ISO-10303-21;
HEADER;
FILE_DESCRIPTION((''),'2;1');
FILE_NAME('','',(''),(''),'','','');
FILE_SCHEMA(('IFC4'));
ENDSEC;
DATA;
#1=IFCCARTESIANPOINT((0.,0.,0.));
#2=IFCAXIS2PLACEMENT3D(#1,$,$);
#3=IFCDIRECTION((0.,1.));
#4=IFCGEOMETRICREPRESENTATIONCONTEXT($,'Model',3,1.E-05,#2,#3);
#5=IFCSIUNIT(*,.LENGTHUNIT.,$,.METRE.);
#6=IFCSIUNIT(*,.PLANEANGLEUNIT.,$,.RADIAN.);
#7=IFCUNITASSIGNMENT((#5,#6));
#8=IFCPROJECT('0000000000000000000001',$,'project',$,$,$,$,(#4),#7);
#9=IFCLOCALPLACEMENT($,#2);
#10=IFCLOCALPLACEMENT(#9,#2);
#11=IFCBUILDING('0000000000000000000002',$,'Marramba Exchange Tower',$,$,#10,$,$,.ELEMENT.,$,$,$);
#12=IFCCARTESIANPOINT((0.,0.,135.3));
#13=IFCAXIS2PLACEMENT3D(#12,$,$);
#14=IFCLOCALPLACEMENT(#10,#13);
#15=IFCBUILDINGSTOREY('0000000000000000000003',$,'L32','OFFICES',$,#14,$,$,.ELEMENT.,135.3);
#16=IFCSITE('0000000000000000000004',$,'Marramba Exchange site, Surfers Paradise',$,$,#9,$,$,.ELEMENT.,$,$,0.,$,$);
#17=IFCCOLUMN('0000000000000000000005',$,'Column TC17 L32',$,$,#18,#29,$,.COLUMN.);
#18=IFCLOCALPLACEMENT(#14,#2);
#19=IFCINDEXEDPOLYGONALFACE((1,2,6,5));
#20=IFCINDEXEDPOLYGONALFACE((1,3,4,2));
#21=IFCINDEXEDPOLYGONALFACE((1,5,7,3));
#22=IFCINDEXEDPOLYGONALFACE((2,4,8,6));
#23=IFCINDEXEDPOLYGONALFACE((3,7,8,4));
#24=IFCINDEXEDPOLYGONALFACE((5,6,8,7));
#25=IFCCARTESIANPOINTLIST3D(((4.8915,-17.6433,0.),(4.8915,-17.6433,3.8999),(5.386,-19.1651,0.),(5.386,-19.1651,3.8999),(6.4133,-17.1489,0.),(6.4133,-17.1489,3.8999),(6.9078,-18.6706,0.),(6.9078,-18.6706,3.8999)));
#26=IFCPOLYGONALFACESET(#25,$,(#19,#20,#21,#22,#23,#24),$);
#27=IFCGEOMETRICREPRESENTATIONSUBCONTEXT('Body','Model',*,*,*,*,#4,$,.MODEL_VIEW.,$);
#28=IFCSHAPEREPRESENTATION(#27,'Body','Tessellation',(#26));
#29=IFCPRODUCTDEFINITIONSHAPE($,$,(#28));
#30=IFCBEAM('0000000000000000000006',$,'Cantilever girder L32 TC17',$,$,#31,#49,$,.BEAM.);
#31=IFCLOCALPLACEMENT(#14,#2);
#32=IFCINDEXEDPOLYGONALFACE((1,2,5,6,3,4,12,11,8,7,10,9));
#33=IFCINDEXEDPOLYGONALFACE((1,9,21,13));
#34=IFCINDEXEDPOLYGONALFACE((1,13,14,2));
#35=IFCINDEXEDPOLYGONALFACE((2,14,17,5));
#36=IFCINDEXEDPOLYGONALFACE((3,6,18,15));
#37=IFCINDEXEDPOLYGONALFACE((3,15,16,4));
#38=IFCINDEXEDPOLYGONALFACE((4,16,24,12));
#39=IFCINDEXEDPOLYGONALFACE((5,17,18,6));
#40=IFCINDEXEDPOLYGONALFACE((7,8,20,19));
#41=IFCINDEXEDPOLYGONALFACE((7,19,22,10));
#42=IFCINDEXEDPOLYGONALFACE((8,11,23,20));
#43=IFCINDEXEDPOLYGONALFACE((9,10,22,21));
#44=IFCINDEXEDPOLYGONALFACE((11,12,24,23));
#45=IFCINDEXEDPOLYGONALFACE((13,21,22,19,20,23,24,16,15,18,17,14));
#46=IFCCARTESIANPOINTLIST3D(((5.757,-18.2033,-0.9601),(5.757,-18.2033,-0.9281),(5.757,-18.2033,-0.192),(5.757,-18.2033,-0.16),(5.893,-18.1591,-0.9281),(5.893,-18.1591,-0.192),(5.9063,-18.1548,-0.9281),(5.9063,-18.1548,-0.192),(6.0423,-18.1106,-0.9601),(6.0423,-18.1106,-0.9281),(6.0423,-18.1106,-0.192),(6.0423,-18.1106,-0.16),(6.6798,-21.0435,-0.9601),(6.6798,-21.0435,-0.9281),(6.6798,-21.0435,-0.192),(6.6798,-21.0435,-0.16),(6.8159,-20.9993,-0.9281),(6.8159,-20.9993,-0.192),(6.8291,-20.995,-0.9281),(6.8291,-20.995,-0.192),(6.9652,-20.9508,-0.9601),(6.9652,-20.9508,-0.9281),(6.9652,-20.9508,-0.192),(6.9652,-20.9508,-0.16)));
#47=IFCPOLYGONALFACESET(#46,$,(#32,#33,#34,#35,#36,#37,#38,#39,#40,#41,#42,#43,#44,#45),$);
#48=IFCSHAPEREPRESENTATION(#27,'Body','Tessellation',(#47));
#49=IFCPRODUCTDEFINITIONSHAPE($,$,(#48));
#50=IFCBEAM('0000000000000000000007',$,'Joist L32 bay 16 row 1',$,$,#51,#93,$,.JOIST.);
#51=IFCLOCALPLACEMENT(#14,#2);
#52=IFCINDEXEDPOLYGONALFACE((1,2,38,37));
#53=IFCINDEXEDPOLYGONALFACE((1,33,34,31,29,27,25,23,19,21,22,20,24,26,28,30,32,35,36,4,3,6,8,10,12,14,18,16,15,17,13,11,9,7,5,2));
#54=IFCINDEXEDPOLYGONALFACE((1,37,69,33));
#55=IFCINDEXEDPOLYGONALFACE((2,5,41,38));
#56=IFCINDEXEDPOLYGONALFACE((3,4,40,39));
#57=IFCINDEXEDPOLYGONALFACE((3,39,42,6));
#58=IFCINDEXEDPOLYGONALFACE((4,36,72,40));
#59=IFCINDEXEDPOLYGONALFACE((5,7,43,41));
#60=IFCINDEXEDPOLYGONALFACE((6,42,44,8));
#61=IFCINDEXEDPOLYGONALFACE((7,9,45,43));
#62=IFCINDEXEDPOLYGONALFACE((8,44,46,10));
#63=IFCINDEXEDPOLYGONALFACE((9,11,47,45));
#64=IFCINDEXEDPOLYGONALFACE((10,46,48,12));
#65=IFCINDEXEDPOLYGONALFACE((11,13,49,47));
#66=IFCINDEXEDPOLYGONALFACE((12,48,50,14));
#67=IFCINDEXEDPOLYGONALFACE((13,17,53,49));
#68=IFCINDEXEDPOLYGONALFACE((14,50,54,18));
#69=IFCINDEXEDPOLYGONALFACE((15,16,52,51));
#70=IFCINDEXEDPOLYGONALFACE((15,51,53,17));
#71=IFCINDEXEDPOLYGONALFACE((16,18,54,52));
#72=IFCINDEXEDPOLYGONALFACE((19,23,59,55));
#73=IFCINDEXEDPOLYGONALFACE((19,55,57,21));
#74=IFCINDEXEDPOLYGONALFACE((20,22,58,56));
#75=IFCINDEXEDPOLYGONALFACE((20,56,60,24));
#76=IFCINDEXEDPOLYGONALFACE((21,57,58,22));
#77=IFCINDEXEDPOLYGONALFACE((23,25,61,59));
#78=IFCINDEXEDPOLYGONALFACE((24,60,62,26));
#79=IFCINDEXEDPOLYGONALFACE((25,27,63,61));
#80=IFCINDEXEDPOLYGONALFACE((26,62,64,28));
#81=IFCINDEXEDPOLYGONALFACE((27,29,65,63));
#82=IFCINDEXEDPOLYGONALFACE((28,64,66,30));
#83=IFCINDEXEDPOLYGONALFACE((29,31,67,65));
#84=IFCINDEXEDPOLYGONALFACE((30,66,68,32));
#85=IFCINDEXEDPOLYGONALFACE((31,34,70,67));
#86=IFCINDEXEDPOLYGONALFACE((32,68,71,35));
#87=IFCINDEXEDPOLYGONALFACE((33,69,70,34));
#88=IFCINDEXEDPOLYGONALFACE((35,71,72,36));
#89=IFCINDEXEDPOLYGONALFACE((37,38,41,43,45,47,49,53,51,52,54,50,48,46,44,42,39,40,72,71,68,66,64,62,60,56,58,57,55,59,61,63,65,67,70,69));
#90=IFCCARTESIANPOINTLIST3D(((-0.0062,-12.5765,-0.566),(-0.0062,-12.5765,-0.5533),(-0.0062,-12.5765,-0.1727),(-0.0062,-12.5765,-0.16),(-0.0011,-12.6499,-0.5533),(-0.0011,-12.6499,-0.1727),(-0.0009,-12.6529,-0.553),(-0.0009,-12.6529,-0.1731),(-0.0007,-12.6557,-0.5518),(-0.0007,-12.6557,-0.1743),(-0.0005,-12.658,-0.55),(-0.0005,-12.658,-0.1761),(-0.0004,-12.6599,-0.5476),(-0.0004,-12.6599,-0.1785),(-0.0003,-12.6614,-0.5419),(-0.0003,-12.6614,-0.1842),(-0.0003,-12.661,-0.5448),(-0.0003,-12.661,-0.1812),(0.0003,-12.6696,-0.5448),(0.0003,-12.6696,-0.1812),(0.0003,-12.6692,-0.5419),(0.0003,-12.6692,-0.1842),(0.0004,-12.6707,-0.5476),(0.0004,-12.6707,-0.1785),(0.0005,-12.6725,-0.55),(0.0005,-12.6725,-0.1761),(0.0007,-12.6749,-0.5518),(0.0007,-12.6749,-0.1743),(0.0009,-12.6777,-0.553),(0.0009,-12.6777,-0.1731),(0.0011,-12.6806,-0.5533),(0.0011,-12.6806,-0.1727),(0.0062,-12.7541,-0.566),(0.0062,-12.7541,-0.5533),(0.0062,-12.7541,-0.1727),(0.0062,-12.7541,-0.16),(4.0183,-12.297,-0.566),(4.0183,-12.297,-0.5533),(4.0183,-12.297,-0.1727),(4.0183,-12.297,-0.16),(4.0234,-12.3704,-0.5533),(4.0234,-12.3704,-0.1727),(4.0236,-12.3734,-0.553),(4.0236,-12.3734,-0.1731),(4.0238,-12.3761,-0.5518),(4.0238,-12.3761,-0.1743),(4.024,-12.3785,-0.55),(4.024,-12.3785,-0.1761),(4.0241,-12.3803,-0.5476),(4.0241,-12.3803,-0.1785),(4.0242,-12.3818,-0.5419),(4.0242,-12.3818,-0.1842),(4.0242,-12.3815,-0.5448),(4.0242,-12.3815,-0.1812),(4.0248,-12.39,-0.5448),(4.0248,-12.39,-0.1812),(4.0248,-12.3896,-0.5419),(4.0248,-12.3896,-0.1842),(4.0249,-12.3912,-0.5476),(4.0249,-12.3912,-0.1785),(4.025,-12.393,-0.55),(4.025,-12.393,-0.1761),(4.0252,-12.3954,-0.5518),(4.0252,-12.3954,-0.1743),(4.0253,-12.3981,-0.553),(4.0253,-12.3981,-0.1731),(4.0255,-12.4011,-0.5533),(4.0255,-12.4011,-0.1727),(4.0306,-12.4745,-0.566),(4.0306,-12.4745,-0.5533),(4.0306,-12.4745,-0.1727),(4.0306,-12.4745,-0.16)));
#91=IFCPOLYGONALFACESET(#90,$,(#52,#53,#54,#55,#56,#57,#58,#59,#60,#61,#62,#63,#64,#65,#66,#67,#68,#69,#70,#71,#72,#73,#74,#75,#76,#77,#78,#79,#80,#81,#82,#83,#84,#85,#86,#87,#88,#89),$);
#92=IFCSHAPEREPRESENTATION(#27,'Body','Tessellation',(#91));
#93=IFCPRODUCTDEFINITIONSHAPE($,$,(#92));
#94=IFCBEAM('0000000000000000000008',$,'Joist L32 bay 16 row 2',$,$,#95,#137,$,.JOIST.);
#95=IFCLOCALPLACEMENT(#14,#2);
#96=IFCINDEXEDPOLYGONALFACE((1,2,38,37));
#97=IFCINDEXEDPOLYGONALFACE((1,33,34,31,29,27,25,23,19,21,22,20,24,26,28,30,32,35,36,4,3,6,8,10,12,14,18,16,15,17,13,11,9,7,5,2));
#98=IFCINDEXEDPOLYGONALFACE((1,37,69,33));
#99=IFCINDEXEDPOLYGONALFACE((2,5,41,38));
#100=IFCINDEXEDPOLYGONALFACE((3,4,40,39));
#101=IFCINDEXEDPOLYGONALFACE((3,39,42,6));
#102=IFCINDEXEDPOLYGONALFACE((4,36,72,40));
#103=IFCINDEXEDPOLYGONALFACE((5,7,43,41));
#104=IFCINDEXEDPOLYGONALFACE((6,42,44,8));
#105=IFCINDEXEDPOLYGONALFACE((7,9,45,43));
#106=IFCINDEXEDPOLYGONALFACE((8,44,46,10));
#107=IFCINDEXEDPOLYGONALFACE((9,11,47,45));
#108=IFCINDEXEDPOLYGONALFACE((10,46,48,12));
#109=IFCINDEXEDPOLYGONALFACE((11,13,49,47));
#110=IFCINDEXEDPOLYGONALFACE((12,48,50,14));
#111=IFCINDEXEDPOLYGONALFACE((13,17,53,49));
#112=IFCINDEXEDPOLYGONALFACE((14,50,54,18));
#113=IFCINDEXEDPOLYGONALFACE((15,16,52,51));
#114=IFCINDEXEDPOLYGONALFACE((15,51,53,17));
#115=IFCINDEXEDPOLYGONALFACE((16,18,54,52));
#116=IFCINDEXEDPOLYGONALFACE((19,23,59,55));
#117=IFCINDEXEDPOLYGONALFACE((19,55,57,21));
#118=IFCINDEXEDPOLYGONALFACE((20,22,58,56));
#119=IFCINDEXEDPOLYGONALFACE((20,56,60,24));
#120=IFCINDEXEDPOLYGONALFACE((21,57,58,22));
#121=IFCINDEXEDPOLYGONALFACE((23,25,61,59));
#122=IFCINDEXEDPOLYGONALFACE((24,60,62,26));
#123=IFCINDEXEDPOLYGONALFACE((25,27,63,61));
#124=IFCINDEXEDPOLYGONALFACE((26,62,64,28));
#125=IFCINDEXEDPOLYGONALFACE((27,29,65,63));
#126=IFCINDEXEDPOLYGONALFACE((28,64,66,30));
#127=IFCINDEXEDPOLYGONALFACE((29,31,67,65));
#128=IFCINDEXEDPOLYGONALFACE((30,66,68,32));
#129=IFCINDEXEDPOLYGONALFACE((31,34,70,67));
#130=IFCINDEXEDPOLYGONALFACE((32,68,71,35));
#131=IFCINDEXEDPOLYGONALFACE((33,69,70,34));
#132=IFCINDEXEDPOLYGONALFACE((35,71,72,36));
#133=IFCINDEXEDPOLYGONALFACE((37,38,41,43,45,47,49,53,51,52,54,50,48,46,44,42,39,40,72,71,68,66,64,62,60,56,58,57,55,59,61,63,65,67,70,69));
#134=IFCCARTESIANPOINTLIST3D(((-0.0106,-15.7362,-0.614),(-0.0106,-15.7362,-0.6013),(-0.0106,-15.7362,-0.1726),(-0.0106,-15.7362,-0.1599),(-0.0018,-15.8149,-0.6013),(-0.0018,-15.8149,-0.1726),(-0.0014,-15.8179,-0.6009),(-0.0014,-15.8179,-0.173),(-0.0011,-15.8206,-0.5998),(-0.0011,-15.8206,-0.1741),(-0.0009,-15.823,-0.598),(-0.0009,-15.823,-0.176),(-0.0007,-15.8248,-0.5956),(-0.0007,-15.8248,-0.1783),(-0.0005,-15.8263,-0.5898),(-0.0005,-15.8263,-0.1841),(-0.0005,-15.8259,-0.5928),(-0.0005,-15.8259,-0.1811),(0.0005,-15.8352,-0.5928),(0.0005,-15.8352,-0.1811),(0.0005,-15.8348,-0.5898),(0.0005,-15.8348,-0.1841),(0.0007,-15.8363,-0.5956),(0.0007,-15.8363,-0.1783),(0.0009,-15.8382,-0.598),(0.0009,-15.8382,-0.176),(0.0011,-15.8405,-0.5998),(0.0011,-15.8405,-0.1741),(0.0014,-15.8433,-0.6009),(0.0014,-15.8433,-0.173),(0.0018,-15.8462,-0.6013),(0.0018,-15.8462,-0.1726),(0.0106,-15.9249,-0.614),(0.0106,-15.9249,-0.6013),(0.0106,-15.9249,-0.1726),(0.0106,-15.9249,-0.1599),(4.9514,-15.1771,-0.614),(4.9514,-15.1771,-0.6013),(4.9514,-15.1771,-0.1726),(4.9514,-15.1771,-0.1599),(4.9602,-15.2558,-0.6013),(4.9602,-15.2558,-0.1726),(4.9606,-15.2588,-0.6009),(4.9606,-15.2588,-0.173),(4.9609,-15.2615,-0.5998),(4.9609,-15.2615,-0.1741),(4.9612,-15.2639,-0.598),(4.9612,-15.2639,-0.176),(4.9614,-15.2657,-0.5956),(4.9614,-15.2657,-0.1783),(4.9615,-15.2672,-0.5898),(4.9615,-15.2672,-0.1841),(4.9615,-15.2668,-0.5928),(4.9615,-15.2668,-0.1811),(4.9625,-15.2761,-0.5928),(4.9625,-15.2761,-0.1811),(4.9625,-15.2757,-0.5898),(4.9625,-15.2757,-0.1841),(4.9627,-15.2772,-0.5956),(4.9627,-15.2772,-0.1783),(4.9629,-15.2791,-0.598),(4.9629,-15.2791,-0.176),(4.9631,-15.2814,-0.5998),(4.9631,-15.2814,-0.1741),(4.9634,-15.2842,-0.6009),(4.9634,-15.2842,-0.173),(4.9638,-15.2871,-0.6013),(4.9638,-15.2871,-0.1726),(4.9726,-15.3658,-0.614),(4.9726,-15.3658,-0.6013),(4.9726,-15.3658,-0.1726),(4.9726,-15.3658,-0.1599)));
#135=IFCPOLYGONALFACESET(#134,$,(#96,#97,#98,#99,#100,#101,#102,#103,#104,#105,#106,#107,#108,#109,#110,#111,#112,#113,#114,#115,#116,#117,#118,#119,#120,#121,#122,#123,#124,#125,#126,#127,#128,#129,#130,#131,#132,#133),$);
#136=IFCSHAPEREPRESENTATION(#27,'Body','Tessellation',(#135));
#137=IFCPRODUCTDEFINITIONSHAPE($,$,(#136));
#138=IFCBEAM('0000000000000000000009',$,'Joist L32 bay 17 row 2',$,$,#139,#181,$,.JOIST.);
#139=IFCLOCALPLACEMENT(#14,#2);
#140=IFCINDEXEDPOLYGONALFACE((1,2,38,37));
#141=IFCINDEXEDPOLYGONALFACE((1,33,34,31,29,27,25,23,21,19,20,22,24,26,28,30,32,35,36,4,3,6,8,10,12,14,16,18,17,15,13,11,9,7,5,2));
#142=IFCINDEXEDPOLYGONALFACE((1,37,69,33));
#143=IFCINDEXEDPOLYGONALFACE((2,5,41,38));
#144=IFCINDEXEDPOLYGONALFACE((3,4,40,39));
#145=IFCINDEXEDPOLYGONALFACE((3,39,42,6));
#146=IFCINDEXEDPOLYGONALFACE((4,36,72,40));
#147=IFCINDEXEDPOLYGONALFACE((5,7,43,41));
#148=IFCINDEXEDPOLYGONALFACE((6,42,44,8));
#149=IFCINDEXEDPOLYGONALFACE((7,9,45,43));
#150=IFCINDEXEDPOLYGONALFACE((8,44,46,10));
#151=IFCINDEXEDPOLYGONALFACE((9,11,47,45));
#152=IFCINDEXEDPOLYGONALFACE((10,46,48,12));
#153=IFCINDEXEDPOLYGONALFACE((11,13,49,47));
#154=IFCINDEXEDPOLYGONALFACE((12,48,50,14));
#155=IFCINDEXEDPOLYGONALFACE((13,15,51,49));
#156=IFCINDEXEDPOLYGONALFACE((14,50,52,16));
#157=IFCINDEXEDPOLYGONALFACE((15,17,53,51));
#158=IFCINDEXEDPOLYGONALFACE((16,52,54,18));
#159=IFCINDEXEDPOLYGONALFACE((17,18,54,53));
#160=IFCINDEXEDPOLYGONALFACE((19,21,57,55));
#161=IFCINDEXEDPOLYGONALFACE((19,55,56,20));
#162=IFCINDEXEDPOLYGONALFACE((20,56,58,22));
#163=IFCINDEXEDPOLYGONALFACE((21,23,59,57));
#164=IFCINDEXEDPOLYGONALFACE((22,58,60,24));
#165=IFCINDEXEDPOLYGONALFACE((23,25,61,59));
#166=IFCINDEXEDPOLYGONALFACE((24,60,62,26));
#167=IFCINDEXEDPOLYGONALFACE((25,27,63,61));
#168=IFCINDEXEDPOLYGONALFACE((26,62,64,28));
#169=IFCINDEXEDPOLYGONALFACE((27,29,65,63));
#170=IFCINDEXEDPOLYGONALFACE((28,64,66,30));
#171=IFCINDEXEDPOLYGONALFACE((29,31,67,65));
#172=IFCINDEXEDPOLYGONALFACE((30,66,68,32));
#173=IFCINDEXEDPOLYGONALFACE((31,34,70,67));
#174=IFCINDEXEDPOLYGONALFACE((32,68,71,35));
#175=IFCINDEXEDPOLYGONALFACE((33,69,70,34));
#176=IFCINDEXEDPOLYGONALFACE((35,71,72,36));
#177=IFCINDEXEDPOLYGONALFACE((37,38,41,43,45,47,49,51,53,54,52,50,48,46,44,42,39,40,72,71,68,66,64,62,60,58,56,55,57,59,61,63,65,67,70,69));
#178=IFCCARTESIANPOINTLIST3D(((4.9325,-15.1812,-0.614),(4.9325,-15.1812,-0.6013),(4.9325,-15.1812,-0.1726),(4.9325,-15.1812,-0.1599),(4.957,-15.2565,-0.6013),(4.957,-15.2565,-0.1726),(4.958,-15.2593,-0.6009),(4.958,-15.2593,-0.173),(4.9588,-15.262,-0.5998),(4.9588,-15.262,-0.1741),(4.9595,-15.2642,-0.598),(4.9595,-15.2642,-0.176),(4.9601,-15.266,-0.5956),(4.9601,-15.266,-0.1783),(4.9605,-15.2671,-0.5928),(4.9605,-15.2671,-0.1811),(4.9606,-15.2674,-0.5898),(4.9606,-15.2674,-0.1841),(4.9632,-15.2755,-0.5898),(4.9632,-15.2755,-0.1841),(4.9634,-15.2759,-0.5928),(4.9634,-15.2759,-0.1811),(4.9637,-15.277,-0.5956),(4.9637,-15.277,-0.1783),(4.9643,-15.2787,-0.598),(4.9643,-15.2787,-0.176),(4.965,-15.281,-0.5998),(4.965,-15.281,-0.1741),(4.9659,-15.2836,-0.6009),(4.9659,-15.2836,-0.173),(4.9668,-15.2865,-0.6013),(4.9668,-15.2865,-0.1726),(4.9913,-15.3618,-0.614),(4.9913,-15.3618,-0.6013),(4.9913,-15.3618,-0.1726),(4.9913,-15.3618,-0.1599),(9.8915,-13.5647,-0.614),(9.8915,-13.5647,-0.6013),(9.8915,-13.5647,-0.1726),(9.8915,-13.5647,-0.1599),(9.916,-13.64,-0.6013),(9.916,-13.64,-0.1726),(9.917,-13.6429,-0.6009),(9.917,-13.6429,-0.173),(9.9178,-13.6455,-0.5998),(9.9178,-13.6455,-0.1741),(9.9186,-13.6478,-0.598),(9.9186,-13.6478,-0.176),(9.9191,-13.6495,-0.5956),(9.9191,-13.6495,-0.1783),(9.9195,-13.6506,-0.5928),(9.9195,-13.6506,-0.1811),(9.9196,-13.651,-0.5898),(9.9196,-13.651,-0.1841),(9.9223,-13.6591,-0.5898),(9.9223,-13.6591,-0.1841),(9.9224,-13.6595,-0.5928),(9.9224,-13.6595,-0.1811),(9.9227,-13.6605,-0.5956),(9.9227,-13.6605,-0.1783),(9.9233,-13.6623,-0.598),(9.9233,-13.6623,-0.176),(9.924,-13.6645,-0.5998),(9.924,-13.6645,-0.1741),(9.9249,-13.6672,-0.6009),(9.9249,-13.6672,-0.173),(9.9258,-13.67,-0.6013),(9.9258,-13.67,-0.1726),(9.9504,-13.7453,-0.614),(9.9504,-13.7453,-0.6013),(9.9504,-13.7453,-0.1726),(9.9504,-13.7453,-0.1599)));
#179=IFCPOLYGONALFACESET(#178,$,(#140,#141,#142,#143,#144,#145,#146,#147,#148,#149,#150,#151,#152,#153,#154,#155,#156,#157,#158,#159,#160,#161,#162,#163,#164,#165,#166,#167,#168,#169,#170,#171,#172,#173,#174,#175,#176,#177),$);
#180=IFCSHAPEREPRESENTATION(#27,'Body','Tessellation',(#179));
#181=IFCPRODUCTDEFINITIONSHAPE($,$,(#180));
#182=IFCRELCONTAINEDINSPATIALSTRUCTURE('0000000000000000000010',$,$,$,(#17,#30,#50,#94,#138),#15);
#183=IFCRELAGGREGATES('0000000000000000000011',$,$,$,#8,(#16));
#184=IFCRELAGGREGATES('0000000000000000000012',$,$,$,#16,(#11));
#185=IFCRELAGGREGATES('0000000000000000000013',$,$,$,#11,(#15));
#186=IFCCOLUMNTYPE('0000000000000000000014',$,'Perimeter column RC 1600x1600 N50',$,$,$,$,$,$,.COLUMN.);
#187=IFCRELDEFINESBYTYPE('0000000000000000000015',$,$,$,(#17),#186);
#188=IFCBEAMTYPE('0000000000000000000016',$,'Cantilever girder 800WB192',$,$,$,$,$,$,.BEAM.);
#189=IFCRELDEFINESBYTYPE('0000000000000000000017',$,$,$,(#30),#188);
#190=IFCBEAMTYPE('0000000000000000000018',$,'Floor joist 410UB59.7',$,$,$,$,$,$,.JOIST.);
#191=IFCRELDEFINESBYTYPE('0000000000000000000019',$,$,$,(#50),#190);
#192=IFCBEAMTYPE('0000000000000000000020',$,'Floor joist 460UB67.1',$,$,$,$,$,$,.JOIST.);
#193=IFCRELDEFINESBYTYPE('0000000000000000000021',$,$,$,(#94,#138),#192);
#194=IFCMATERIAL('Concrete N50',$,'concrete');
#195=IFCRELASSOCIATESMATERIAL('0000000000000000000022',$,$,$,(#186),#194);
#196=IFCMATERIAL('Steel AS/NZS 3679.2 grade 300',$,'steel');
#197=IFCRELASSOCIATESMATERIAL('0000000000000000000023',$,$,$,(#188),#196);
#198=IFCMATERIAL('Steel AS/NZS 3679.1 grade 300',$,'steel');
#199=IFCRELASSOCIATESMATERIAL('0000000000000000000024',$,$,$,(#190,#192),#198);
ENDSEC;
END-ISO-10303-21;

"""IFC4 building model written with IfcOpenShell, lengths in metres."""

from ifc_helpers import new_model, si_unit, direction, frame, origin, origin_2d, place, context, subcontext, project, spatial, rectangle, i_section, extrude, material, material_profile, profile_set, type_object, element, save


model = new_model("IFC4")

# Units and contexts
model_context = context("Model", 3, precision=1e-05, world=origin(), true_north=direction((0.0, 1.0)))
body_context = subcontext(model_context, "Body", "Model", "MODEL_VIEW")
ifc_project = project(units=[si_unit("LENGTHUNIT", "METRE"), si_unit("PLANEANGLEUNIT", "RADIAN")], contexts=[model_context])

# Site, building, storey
site_placement = place(None, origin())
site = spatial("IfcSite", under=ifc_project, at=site_placement, Name="Marramba Exchange site, Surfers Paradise", CompositionType="ELEMENT", RefElevation=0.0)
building_placement = place(site_placement, origin())
building = spatial("IfcBuilding", under=site, at=building_placement, Name="Marramba Exchange Tower", CompositionType="ELEMENT")
storey_placement = place(building_placement, frame((0.0, 0.0, 135.3)))
storey = spatial("IfcBuildingStorey", under=building, at=storey_placement, Name="L32", Description="OFFICES", CompositionType="ELEMENT", Elevation=135.3)

# Column
ifc_material_1 = material(Name="Concrete N50", Category="concrete")
ifc_material_profile_1 = material_profile(ifc_material_1, rectangle(XDim=1.6001, YDim=1.6001, at=origin_2d()), Name="RC 1600x1600")
ifc_profile_set_1 = profile_set([ifc_material_profile_1], Name="Concrete N50")
column_type = type_object("IfcColumnType", Name="Perimeter column RC 1600x1600 N50", PredefinedType="COLUMN", material=ifc_profile_set_1)
column_placement = place(storey_placement, frame((5.8997, -18.157, 0.0), z_axis=(0.0, 0.0, 1.0), x_axis=(0.309017, -0.951057, 0.0)))
element("IfcColumn", 1, at=column_placement, inside=storey, type_object=column_type, Name="Column TC17 L32", PredefinedType="COLUMN", context=body_context, shape_type="SweptSolid", body=[
    extrude(rectangle(XDim=1.6001, YDim=1.6001, at=origin_2d()), origin(), (0.0, 0.0, 1.0), 3.8999),
])

# Beams
ifc_material_2 = material(Name="Steel AS/NZS 3679.2 grade 300", Category="steel")
ifc_material_profile_2 = material_profile(ifc_material_2, i_section(OverallWidth=0.3, OverallDepth=0.8, WebThickness=0.0139, FlangeThickness=0.032, at=origin_2d()), Name="800WB192")
ifc_profile_set_2 = profile_set([ifc_material_profile_2], Name="Steel AS/NZS 3679.2 grade 300")
beam_type_1 = type_object("IfcBeamType", Name="Cantilever girder 800WB192", PredefinedType="BEAM", material=ifc_profile_set_2)
beam_1_placement = place(storey_placement, frame((5.8997, -18.157, -0.5601), z_axis=(0.309032, -0.951051, 0.0), x_axis=(0.951051, 0.309032, 0.0)))
element("IfcBeam", 2, at=beam_1_placement, inside=storey, type_object=beam_type_1, Name="Cantilever girder L32 TC17", PredefinedType="BEAM", context=body_context, shape_type="SweptSolid", body=[
    extrude(i_section(OverallWidth=0.3, OverallDepth=0.8, WebThickness=0.0139, FlangeThickness=0.032, at=origin_2d()), origin(), (0.0, 0.0, 1.0), 2.9863),
])
ifc_material_3 = material(Name="Steel AS/NZS 3679.1 grade 300", Category="steel")
ifc_material_profile_3 = material_profile(ifc_material_3, i_section(OverallWidth=0.178, OverallDepth=0.406, WebThickness=0.0078, FlangeThickness=0.0127, FilletRadius=0.0115, at=origin_2d()), Name="410UB59.7")
ifc_profile_set_3 = profile_set([ifc_material_profile_3], Name="Steel AS/NZS 3679.1 grade 300")
beam_type_2 = type_object("IfcBeamType", Name="Floor joist 410UB59.7", PredefinedType="JOIST", material=ifc_profile_set_3)
beam_2_placement = place(storey_placement, frame((0.0, -12.6653, -0.363), z_axis=(0.997596, 0.069294, 0.0), x_axis=(-0.069294, 0.997596, 0.0)))
element("IfcBeam", 3, at=beam_2_placement, inside=storey, type_object=beam_type_2, Name="Joist L32 bay 16 row 1", PredefinedType="JOIST", context=body_context, shape_type="SweptSolid", body=[
    extrude(i_section(OverallWidth=0.178, OverallDepth=0.406, WebThickness=0.0078, FlangeThickness=0.0127, FilletRadius=0.0115, at=origin_2d()), origin(), (0.0, 0.0, 1.0), 4.0342),
])
ifc_material_profile_4 = material_profile(ifc_material_3, i_section(OverallWidth=0.1899, OverallDepth=0.4541, WebThickness=0.0085, FlangeThickness=0.0127, FilletRadius=0.0115, at=origin_2d()), Name="460UB67.1")
ifc_profile_set_4 = profile_set([ifc_material_profile_4], Name="Steel AS/NZS 3679.1 grade 300")
beam_type_3 = type_object("IfcBeamType", Name="Floor joist 460UB67.1", PredefinedType="JOIST", material=ifc_profile_set_4)
beam_3_placement = place(storey_placement, frame((0.0, -15.8306, -0.387), z_axis=(0.993712, 0.111966, 0.0), x_axis=(-0.111966, 0.993712, 0.0)))
element("IfcBeam", 4, at=beam_3_placement, inside=storey, type_object=beam_type_3, Name="Joist L32 bay 16 row 2", PredefinedType="JOIST", context=body_context, shape_type="SweptSolid", body=[
    extrude(i_section(OverallWidth=0.1899, OverallDepth=0.4541, WebThickness=0.0085, FlangeThickness=0.0127, FilletRadius=0.0115, at=origin_2d()), origin(), (0.0, 0.0, 1.0), 4.9934),
])
beam_4_placement = place(storey_placement, frame((4.9619, -15.2715, -0.387), z_axis=(0.950764, 0.309916, 0.0), x_axis=(-0.309916, 0.950764, 0.0)))
element("IfcBeam", 5, at=beam_4_placement, inside=storey, type_object=beam_type_3, Name="Joist L32 bay 17 row 2", PredefinedType="JOIST", context=body_context, shape_type="SweptSolid", body=[
    extrude(i_section(OverallWidth=0.1899, OverallDepth=0.4541, WebThickness=0.0085, FlangeThickness=0.0127, FilletRadius=0.0115, at=origin_2d()), origin(), (0.0, 0.0, 1.0), 5.2158),
])

save(model, "model.ifc")
